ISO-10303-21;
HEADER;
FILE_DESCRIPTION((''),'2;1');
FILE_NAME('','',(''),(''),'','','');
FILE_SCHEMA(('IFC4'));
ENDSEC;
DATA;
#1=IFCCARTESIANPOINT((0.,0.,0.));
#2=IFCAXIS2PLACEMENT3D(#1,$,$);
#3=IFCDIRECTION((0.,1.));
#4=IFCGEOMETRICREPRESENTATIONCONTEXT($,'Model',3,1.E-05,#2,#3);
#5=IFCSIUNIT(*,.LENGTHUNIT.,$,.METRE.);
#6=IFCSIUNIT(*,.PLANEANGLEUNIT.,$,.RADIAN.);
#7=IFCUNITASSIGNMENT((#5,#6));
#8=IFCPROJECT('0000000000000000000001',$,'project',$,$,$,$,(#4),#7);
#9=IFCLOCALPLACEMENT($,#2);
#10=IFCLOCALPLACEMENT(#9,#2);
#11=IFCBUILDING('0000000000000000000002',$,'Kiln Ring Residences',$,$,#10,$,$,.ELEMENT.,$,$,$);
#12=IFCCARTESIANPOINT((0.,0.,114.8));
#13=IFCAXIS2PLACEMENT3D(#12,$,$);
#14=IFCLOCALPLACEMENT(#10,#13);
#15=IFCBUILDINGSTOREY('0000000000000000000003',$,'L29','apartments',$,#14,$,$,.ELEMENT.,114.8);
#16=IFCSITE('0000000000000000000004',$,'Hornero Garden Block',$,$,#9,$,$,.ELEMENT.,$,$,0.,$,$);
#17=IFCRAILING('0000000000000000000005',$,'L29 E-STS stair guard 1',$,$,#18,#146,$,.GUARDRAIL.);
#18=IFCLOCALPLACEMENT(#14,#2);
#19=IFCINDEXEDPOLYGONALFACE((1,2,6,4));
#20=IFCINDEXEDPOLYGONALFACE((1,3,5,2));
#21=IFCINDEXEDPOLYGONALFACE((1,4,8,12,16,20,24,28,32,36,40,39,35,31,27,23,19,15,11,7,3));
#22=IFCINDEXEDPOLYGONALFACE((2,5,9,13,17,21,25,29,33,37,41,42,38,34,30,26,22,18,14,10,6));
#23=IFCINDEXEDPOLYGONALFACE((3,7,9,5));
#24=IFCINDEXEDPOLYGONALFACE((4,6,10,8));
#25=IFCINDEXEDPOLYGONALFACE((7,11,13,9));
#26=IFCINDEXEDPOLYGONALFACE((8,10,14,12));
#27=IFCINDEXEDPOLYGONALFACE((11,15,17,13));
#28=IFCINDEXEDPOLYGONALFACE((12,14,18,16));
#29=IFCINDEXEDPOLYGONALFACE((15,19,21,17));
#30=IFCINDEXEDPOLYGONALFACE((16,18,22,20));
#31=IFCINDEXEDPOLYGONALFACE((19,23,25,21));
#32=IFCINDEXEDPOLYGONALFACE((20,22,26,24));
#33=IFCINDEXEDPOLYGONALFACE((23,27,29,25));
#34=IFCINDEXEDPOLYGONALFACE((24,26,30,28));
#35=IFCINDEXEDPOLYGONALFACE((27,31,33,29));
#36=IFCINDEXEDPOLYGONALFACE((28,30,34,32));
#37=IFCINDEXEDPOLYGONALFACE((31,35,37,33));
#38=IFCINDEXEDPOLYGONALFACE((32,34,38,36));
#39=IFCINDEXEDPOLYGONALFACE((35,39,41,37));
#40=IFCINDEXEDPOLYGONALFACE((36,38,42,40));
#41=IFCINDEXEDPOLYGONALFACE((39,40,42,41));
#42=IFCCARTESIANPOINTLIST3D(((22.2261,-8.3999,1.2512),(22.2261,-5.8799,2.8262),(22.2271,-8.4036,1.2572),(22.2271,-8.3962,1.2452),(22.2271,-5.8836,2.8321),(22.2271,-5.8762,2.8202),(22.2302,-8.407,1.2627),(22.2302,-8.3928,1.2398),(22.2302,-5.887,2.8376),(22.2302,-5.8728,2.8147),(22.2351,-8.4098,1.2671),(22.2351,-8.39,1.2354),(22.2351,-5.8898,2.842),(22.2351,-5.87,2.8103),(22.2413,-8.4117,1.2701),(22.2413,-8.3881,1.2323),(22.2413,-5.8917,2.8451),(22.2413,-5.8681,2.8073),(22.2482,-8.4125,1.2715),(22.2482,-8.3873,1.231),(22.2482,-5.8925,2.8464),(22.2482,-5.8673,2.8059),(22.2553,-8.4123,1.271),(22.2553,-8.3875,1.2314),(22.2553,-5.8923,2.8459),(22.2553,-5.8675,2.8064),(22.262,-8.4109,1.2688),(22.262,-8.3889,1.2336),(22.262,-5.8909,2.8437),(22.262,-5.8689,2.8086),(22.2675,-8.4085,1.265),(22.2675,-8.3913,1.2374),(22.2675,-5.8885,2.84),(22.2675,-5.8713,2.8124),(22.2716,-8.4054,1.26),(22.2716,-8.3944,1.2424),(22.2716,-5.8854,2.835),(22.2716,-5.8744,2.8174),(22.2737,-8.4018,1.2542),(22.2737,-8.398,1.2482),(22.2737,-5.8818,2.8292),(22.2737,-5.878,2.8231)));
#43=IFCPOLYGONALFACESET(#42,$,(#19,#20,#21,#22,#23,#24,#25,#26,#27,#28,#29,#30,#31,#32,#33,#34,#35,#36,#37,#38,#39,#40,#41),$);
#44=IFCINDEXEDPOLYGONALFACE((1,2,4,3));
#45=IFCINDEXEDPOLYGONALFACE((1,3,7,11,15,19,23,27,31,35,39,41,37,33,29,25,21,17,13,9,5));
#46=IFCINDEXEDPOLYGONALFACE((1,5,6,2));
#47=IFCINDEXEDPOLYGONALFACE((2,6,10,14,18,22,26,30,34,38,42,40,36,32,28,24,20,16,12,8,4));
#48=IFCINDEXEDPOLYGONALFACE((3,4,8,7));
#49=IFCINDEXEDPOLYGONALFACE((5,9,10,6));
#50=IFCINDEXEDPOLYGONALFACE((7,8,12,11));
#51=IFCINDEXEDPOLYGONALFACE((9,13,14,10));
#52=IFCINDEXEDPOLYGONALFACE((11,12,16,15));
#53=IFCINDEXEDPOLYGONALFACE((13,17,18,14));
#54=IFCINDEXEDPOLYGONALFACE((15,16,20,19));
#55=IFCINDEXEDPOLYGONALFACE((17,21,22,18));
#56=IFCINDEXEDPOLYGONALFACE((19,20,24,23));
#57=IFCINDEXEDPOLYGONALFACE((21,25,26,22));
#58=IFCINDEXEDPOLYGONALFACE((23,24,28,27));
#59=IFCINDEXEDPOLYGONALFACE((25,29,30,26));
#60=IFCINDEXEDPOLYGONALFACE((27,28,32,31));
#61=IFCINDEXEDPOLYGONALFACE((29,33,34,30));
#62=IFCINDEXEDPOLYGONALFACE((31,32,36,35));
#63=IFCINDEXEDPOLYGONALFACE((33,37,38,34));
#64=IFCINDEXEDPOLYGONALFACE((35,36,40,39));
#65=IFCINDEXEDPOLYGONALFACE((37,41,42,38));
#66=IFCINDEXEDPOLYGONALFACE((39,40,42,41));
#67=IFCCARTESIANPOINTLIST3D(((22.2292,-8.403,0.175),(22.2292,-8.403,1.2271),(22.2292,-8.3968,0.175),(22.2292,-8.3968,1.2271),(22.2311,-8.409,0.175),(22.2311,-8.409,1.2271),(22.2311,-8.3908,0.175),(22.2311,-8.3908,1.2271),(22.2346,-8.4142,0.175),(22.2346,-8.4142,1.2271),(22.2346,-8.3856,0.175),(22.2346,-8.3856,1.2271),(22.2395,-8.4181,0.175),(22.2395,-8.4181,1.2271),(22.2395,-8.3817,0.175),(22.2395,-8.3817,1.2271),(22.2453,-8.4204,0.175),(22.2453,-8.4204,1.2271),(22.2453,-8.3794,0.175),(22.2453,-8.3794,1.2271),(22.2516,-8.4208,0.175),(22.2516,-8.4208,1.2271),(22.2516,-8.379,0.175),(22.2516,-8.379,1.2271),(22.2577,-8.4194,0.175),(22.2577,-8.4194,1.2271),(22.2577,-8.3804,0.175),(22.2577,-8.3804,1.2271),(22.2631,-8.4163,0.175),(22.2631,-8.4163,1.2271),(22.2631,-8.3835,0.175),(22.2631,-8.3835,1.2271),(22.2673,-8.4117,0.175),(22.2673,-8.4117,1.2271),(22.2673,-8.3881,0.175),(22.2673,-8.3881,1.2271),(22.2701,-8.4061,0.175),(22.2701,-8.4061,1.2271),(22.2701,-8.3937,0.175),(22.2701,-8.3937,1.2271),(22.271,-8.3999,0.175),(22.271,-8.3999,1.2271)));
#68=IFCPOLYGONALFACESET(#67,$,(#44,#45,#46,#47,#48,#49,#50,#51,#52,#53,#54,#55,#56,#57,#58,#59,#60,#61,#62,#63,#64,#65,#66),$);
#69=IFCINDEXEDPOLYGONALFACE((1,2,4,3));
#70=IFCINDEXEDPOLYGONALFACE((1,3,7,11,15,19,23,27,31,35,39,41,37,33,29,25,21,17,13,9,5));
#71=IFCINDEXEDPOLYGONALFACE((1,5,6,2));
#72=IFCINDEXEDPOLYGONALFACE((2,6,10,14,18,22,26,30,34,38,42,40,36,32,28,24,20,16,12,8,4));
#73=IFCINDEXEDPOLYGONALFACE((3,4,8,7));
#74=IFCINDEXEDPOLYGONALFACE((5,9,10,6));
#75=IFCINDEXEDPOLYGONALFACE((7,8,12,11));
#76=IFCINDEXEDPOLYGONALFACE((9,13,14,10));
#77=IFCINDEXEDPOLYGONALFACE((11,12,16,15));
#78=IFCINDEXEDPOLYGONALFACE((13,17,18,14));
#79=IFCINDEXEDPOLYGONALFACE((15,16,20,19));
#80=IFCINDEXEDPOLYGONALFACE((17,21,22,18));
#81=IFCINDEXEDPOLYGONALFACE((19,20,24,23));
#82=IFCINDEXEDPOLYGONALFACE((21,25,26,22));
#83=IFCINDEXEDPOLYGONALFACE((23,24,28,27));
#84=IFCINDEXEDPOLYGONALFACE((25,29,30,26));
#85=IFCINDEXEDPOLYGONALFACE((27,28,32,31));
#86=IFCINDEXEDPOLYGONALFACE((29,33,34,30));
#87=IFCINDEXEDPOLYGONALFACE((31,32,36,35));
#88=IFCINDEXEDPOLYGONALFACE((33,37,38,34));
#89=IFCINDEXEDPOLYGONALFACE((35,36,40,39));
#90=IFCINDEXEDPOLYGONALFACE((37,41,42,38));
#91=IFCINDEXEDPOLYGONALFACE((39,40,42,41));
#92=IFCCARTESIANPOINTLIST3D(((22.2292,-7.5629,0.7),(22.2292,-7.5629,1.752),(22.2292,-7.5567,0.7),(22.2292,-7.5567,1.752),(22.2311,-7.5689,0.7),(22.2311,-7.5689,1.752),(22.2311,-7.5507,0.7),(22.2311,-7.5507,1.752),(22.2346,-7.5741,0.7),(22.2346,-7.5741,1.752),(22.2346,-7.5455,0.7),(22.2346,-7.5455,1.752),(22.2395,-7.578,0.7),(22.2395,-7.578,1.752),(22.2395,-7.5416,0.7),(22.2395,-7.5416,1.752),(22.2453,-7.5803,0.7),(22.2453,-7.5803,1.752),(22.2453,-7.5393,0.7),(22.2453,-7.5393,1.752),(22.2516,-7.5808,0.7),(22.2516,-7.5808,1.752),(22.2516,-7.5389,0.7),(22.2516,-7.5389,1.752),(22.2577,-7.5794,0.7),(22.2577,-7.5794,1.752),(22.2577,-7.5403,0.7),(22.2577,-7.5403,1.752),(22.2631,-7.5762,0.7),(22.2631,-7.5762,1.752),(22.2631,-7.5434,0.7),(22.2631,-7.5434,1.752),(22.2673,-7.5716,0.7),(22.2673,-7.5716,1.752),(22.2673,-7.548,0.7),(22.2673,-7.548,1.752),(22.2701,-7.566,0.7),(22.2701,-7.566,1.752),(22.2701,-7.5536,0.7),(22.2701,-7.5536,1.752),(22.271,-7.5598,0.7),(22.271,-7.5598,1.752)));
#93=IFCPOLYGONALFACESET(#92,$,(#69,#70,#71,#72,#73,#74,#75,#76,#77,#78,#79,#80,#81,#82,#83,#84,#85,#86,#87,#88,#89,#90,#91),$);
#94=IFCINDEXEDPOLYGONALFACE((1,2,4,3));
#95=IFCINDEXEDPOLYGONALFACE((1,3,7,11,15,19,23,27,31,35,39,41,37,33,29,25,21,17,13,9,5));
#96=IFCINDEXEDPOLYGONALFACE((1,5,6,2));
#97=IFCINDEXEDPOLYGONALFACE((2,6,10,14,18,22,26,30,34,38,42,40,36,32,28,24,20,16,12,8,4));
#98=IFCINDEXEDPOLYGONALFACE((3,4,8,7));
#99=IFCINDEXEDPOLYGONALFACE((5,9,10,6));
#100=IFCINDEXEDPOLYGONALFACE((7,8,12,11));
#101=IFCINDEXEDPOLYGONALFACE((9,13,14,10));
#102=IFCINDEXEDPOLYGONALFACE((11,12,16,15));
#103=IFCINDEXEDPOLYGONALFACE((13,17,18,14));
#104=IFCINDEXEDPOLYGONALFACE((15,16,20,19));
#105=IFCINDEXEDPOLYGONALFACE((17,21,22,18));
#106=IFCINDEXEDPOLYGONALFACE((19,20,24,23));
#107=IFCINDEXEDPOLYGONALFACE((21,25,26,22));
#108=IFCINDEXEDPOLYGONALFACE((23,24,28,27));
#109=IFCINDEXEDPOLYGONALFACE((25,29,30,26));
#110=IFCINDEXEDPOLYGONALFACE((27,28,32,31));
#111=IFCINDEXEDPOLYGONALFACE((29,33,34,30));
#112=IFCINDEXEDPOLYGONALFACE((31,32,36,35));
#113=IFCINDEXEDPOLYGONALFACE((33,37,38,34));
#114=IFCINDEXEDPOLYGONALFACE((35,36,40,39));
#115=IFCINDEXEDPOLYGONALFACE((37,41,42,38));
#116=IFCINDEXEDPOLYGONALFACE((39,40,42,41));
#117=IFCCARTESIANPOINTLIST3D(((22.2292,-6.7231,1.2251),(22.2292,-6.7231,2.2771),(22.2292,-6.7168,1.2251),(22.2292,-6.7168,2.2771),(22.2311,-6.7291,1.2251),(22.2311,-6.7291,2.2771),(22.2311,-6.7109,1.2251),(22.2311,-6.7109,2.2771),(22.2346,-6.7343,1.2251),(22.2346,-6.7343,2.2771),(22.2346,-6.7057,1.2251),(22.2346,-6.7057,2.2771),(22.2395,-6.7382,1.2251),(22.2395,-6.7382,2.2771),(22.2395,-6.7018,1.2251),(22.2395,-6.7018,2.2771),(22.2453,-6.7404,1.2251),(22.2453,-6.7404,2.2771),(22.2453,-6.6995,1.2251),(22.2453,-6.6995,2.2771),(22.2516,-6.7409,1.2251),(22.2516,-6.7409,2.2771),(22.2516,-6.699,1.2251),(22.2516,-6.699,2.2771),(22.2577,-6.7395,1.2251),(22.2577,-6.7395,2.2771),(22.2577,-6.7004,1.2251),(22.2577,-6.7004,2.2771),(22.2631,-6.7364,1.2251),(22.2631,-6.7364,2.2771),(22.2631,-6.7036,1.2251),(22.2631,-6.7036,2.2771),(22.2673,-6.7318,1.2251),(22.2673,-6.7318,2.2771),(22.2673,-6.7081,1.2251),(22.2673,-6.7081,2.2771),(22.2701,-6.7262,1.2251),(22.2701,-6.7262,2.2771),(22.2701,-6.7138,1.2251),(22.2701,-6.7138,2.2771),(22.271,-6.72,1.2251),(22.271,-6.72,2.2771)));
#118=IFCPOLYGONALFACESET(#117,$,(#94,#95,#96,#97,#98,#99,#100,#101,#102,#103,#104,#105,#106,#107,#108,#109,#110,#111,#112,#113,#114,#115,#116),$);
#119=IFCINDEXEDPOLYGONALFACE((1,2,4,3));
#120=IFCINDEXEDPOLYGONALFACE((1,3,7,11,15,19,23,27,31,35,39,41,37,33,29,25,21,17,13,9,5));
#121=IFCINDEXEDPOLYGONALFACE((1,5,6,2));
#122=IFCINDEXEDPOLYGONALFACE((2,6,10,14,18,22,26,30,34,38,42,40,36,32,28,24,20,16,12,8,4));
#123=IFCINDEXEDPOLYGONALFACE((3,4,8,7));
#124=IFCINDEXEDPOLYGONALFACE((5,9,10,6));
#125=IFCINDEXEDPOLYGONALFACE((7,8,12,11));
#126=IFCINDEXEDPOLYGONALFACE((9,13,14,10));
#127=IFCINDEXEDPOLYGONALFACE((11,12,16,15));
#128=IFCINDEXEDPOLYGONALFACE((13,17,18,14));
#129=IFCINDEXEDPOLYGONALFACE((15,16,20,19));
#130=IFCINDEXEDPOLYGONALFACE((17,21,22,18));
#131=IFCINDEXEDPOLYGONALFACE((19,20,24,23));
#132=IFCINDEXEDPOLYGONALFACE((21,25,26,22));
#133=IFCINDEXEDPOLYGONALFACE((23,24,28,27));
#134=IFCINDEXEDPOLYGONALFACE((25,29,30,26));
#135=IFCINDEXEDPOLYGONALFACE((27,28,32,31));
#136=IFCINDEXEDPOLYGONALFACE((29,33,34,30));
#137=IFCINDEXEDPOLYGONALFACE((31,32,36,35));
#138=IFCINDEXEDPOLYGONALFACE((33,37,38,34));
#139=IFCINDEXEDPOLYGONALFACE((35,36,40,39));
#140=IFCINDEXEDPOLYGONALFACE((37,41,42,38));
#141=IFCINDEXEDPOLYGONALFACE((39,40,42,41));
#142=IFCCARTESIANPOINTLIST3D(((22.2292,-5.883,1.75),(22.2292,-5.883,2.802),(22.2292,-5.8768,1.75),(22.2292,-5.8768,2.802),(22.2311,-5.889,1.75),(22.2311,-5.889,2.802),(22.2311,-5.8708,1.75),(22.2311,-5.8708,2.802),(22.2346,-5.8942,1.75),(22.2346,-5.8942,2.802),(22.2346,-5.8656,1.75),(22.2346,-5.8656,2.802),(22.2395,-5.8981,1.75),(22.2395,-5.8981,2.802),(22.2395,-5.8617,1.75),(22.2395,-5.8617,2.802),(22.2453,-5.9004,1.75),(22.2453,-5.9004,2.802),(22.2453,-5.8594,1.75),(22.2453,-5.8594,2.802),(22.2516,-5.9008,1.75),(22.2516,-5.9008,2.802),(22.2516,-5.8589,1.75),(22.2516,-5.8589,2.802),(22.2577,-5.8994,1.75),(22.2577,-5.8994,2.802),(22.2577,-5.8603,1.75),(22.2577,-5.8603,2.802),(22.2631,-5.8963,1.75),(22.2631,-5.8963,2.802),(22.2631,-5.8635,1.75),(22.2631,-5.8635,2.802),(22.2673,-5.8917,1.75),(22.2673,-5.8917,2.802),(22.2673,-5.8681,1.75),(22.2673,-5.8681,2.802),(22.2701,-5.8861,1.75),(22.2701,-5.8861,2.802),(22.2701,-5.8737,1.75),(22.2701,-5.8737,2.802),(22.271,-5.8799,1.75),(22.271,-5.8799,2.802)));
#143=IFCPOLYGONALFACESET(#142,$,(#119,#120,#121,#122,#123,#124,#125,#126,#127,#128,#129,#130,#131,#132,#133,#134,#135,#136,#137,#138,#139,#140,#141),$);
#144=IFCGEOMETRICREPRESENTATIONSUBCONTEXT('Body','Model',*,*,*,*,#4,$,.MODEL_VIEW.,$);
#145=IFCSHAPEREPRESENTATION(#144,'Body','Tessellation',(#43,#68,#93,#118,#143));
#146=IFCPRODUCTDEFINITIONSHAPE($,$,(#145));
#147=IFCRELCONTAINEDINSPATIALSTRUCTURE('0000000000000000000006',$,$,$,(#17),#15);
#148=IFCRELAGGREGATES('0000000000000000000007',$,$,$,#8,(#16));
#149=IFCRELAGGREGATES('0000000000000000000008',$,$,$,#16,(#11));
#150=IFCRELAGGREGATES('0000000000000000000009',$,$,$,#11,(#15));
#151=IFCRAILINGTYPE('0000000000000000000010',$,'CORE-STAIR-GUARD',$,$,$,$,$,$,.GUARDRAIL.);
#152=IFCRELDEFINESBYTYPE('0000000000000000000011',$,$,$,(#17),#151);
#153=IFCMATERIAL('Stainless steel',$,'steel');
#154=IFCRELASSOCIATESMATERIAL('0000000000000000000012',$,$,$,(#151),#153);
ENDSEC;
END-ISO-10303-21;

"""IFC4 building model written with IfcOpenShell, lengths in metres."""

from ifc_helpers import new_model, si_unit, direction, frame, origin, origin_2d, place, context, subcontext, project, spatial, circle, extrude, material, type_object, element, save


model = new_model("IFC4")

# Units and contexts
model_context = context("Model", 3, precision=1e-05, world=origin(), true_north=direction((0.0, 1.0)))
body_context = subcontext(model_context, "Body", "Model", "MODEL_VIEW")
ifc_project = project(units=[si_unit("LENGTHUNIT", "METRE"), si_unit("PLANEANGLEUNIT", "RADIAN")], contexts=[model_context])

# Site, building, storey
site_placement = place(None, origin())
site = spatial("IfcSite", under=ifc_project, at=site_placement, Name="Hornero Garden Block", CompositionType="ELEMENT", RefElevation=0.0)
building_placement = place(site_placement, origin())
building = spatial("IfcBuilding", under=site, at=building_placement, Name="Kiln Ring Residences", CompositionType="ELEMENT")
storey_placement = place(building_placement, frame((0.0, 0.0, 114.8)))
storey = spatial("IfcBuildingStorey", under=building, at=storey_placement, Name="L29", Description="apartments", CompositionType="ELEMENT", Elevation=114.8)

# Railing
ifc_material_1 = material(Name="Stainless steel", Category="steel")
railing_type_1 = type_object("IfcRailingType", Name="CORE-STAIR-GUARD", PredefinedType="GUARDRAIL", material=ifc_material_1)
railing_1_placement = place(storey_placement, frame((22.25, -8.3999, 0.175)))
element("IfcRailing", 1, at=railing_1_placement, inside=storey, type_object=railing_type_1, Name="L29 E-STS stair guard 1", PredefinedType="GUARDRAIL", context=body_context, shape_type="SweptSolid", body=[
    extrude(circle(Radius=0.0239, at=origin_2d()), frame((0.0, 0.0, 1.0762), z_axis=(0.0, 0.848008, 0.529984), x_axis=(-1.0, 0.0, 0.0)), (0.0, 0.0, 1.0), 2.9717),
    extrude(circle(Radius=0.021, at=origin_2d()), origin(), (0.0, 0.0, 1.0), 1.052),
    extrude(circle(Radius=0.021, at=origin_2d()), frame((0.0, 0.8401, 0.5249)), (0.0, 0.0, 1.0), 1.052),
    extrude(circle(Radius=0.021, at=origin_2d()), frame((0.0, 1.6799, 1.05)), (0.0, 0.0, 1.0), 1.052),
    extrude(circle(Radius=0.021, at=origin_2d()), frame((0.0, 2.52, 1.575)), (0.0, 0.0, 1.0), 1.052),
])

save(model, "model.ifc")
